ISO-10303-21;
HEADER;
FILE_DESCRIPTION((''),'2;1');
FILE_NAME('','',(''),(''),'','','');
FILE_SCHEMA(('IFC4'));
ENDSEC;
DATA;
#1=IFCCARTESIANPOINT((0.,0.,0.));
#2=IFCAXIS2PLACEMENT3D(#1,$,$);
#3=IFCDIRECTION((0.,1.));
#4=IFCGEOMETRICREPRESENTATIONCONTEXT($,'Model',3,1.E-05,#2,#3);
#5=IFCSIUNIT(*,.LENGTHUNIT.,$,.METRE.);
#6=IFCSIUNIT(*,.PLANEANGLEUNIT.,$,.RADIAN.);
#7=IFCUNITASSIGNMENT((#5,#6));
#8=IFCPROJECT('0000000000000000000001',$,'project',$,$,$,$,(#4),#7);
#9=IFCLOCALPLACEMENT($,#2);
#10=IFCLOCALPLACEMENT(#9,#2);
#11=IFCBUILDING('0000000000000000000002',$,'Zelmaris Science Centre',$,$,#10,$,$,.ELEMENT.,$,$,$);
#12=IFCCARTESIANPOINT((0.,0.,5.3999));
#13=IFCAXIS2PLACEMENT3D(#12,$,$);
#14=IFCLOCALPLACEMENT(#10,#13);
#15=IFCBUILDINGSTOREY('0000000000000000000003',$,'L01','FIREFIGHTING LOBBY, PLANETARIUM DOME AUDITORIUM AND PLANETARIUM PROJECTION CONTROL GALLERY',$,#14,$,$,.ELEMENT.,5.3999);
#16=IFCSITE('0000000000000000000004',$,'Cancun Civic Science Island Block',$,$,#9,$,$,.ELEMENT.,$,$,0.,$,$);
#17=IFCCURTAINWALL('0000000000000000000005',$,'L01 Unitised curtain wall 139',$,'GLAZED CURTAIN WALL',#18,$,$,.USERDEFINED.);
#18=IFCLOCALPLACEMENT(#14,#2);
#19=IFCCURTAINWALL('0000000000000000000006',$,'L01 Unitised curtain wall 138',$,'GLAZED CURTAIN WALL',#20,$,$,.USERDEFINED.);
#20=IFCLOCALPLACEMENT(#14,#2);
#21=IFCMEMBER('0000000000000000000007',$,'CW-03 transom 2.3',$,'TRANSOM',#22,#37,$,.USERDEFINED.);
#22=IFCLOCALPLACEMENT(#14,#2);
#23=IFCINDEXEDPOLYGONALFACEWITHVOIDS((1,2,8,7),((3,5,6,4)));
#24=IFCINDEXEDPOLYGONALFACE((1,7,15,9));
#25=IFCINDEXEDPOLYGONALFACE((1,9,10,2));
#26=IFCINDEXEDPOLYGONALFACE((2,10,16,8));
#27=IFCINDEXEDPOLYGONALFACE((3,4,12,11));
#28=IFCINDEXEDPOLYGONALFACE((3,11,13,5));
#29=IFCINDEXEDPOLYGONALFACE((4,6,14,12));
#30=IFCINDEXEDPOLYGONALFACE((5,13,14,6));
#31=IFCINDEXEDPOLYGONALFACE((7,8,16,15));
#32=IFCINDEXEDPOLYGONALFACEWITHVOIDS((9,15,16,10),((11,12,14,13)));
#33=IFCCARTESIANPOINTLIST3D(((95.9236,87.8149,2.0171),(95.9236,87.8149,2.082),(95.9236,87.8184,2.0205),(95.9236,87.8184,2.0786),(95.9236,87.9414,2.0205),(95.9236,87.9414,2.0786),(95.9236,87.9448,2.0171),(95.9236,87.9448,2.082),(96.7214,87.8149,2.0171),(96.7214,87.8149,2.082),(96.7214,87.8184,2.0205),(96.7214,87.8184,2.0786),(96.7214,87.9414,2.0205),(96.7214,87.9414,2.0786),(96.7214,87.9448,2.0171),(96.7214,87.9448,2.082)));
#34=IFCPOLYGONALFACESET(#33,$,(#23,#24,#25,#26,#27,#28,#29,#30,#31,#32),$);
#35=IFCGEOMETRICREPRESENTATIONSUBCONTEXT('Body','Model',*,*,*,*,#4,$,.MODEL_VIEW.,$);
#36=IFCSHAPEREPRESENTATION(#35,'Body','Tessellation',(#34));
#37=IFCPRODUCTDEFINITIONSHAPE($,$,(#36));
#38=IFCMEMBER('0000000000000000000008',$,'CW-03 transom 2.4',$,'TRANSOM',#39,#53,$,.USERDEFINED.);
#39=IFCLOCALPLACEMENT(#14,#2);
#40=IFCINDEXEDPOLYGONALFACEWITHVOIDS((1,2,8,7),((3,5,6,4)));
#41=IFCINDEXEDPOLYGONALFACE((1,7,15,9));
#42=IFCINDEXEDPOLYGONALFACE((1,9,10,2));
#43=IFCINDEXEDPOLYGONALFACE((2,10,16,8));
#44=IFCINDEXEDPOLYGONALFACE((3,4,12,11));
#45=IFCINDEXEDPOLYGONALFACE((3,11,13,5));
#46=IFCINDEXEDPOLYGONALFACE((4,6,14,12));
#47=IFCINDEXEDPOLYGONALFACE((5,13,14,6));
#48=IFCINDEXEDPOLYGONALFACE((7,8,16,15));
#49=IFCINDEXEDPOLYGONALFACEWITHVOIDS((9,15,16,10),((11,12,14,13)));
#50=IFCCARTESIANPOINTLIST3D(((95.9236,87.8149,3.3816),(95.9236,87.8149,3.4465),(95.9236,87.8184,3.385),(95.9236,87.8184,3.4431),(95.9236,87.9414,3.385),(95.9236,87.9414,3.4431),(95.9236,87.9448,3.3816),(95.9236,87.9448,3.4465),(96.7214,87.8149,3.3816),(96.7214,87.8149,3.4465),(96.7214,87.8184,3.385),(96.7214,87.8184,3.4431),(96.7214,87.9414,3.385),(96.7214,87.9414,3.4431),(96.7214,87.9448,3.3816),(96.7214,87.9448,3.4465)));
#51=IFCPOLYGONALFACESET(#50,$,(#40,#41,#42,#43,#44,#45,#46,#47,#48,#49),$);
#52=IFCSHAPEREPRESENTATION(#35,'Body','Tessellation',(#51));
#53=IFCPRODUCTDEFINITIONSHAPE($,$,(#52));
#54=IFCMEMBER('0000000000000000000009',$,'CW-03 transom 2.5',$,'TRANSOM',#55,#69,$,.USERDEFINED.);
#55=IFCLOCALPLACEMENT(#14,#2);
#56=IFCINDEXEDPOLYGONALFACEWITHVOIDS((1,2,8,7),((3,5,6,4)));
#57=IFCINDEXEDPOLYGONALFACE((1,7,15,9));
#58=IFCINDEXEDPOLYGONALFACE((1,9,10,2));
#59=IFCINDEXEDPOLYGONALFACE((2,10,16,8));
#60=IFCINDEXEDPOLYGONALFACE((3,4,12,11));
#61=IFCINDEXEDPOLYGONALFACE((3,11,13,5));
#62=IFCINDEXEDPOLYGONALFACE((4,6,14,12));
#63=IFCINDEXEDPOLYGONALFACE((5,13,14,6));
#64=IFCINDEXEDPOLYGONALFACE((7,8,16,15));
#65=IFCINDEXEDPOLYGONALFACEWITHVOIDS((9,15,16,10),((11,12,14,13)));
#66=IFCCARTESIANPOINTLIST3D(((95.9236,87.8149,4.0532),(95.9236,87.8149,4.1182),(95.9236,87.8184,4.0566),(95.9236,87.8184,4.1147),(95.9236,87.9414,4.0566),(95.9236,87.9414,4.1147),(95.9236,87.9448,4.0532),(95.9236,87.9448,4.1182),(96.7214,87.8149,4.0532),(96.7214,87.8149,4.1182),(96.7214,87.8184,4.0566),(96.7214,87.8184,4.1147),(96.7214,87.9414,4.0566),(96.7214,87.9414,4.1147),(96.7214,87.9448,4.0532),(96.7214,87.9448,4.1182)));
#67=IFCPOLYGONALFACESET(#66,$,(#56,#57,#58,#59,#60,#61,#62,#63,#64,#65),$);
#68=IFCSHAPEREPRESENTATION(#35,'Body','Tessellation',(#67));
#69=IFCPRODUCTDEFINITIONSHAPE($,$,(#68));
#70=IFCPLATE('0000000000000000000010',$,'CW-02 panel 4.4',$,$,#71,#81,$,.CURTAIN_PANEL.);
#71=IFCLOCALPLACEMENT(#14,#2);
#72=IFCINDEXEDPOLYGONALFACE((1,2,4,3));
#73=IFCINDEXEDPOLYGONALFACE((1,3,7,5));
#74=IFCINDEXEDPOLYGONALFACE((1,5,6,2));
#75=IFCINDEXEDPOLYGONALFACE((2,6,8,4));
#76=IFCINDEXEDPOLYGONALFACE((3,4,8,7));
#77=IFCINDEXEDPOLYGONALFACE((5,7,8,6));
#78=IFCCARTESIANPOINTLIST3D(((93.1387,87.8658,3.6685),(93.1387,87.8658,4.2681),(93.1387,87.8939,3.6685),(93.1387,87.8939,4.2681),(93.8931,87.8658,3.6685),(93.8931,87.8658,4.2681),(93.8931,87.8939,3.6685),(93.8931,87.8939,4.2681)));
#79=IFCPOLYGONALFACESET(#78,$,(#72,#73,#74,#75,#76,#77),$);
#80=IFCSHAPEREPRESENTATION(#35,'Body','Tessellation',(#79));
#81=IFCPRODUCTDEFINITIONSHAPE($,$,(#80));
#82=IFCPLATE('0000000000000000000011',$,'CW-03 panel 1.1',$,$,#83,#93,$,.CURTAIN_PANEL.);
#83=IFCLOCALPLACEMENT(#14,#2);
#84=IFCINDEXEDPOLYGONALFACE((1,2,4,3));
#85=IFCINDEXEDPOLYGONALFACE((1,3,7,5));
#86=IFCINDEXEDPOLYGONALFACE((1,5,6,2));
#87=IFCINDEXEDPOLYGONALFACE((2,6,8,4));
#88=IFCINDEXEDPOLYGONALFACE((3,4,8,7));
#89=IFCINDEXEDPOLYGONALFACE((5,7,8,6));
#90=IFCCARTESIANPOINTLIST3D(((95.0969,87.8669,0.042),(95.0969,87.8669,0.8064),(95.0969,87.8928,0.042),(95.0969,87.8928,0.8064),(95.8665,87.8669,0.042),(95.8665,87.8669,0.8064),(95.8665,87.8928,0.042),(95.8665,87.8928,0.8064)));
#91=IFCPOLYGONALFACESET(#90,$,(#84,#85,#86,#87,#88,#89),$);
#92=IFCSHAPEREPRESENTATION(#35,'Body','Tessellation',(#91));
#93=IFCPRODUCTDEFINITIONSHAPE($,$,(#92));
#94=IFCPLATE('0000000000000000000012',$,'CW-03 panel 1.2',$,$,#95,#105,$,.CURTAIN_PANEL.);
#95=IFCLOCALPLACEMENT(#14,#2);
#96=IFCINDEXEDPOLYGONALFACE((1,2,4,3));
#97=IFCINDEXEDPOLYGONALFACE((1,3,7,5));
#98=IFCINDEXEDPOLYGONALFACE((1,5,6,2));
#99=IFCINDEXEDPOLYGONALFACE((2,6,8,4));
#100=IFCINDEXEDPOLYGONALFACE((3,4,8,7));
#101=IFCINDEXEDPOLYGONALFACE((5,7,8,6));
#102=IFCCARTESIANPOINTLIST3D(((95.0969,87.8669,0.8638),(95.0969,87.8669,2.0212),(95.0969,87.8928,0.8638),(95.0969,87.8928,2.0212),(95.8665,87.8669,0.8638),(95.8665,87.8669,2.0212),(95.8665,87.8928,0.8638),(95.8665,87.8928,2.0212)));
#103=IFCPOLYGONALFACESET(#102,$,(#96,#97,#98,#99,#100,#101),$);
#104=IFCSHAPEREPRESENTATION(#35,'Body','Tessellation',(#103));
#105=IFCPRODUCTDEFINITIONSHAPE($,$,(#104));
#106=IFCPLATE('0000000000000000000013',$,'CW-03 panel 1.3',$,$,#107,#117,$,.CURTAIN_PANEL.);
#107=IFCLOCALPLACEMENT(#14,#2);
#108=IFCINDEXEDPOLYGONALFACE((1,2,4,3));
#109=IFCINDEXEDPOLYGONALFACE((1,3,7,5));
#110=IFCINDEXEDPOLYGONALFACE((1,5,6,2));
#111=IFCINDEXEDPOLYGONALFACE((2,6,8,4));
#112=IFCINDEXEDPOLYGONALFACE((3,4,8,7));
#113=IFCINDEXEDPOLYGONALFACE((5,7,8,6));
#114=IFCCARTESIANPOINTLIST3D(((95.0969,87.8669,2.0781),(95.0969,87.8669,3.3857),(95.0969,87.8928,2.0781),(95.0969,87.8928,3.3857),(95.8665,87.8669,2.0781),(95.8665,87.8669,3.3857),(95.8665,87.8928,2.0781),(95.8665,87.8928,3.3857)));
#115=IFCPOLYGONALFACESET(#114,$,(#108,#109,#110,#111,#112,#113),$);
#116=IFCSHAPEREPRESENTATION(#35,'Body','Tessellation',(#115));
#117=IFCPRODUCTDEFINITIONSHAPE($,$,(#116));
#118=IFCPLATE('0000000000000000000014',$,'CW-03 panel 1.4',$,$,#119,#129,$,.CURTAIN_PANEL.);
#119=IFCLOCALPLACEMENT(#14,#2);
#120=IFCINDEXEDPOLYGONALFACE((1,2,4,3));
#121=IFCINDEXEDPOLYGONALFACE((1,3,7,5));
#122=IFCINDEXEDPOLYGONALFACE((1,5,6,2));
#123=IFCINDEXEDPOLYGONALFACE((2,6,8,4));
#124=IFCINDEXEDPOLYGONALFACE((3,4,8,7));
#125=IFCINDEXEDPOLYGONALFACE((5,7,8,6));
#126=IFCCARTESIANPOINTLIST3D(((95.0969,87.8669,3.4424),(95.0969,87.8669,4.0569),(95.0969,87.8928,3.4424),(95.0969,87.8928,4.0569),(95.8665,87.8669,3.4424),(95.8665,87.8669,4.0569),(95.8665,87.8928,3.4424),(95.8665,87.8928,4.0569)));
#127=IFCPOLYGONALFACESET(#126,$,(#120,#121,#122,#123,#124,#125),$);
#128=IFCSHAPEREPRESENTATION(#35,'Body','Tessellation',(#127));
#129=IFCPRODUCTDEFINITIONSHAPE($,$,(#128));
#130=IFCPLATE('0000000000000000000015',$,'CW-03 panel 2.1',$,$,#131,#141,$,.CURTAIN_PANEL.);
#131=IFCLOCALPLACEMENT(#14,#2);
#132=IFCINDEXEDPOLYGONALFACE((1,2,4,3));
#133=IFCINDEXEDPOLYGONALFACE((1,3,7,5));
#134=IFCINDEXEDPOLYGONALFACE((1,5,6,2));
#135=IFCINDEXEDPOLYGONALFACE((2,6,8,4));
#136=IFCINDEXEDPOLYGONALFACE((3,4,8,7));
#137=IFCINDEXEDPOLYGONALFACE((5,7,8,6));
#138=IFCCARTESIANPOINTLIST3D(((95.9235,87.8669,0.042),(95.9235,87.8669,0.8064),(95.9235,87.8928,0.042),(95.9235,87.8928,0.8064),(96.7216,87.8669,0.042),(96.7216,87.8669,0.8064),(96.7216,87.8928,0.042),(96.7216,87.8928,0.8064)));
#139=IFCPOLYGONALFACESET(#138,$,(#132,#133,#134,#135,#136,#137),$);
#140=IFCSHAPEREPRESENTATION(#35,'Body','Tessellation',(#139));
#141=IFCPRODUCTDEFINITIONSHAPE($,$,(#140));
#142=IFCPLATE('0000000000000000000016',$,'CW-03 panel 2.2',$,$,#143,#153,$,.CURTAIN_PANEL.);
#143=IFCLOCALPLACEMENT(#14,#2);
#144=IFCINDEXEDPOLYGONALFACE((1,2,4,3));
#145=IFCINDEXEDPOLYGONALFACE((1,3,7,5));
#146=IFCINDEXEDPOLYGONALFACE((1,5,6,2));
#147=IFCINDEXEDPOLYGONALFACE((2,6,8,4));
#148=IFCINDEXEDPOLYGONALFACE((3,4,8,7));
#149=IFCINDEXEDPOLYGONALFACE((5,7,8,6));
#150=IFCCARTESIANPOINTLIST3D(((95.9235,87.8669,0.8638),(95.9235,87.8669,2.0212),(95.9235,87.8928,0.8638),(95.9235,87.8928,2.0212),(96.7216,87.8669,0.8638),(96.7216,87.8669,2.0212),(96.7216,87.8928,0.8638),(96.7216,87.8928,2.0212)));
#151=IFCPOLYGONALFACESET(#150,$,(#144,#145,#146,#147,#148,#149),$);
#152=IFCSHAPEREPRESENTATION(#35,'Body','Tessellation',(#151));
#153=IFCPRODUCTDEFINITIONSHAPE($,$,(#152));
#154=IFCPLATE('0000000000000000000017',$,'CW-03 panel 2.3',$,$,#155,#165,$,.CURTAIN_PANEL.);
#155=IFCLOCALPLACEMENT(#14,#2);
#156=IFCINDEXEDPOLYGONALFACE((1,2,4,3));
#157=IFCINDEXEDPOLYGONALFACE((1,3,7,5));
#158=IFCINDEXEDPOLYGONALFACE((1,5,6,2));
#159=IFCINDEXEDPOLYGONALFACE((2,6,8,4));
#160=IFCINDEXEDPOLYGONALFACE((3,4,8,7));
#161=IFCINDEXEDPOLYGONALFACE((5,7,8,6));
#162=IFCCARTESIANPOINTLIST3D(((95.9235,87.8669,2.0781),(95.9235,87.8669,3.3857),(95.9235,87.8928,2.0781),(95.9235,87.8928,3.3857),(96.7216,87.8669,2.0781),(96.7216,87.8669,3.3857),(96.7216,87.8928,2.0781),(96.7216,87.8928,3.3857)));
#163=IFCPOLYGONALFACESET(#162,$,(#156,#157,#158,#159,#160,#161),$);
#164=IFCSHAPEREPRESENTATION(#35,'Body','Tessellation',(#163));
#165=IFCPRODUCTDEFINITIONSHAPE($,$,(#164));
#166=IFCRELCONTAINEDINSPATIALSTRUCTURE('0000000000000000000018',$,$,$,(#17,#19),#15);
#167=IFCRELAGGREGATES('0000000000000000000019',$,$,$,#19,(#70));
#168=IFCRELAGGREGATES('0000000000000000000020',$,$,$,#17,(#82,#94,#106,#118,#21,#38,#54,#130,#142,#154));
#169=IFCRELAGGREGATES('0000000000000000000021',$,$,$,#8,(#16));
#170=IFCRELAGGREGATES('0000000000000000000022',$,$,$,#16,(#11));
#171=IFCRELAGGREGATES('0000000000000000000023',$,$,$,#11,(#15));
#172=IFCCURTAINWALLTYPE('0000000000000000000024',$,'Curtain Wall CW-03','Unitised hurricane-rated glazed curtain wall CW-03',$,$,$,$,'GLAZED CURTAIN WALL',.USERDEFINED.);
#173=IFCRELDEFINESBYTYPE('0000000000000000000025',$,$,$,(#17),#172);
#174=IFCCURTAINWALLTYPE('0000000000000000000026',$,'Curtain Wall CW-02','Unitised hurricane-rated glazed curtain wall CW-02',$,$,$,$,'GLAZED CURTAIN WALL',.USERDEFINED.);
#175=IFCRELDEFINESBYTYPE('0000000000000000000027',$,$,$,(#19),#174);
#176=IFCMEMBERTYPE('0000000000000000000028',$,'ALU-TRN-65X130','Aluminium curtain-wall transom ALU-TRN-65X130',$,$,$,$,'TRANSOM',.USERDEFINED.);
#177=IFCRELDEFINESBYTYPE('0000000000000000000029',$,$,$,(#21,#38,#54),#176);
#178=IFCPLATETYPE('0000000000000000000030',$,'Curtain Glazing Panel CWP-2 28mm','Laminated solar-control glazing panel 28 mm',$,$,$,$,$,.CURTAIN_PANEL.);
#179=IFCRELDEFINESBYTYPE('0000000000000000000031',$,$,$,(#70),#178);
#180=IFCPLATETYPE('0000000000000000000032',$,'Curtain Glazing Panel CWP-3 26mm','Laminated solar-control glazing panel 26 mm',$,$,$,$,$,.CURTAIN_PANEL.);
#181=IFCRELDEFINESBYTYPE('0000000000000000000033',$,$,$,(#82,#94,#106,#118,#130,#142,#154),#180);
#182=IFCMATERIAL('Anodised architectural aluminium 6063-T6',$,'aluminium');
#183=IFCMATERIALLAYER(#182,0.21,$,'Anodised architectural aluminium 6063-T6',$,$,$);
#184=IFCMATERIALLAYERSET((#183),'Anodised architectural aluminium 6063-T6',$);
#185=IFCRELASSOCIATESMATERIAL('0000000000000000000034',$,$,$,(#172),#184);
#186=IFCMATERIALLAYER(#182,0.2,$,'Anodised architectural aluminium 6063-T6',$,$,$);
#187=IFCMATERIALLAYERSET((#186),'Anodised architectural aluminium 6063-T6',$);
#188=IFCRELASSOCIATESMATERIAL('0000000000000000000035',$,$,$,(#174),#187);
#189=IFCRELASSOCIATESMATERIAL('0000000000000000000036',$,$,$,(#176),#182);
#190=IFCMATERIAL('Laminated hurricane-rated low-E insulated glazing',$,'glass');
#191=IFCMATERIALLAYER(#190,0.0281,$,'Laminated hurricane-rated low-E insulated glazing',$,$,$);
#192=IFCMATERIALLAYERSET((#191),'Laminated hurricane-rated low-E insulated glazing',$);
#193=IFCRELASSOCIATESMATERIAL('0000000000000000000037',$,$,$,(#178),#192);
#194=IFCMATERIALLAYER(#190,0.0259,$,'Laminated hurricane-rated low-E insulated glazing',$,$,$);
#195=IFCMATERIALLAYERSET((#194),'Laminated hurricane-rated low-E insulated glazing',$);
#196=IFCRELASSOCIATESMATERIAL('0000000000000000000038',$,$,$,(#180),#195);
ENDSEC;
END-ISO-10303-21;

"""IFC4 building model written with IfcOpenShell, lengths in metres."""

from ifc_helpers import new_model, si_unit, direction, frame, origin, origin_2d, place, context, subcontext, project, spatial, rectangle, hollow_rectangle, extrude, material, layer, layer_set, material_profile, profile_set, type_object, element, aggregate, save


model = new_model("IFC4")

# Units and contexts
model_context = context("Model", 3, precision=1e-05, world=origin(), true_north=direction((0.0, 1.0)))
body_context = subcontext(model_context, "Body", "Model", "MODEL_VIEW")
ifc_project = project(units=[si_unit("LENGTHUNIT", "METRE"), si_unit("PLANEANGLEUNIT", "RADIAN")], contexts=[model_context])

# Site, building, storey
site_placement = place(None, origin())
site = spatial("IfcSite", under=ifc_project, at=site_placement, Name="Cancun Civic Science Island Block", CompositionType="ELEMENT", RefElevation=0.0)
building_placement = place(site_placement, origin())
building = spatial("IfcBuilding", under=site, at=building_placement, Name="Zelmaris Science Centre", CompositionType="ELEMENT")
storey_placement = place(building_placement, frame((0.0, 0.0, 5.3999)))
storey = spatial("IfcBuildingStorey", under=building, at=storey_placement, Name="L01", Description="FIREFIGHTING LOBBY, PLANETARIUM DOME AUDITORIUM AND PLANETARIUM PROJECTION CONTROL GALLERY", CompositionType="ELEMENT", Elevation=5.3999)

# Curtain wall
ifc_material_1 = material(Name="Anodised architectural aluminium 6063-T6", Category="aluminium")
ifc_layer_1 = layer(ifc_material_1, 0.21, Name="Anodised architectural aluminium 6063-T6")
ifc_layer_set_1 = layer_set([ifc_layer_1], Name="Anodised architectural aluminium 6063-T6")
curtain_wall_type_1 = type_object("IfcCurtainWallType", Name="Curtain Wall CW-03", Description="Unitised hurricane-rated glazed curtain wall CW-03", ElementType="GLAZED CURTAIN WALL", PredefinedType="USERDEFINED", material=ifc_layer_set_1)
curtain_wall_1_placement = place(storey_placement, origin())
curtain_wall_1 = element("IfcCurtainWall", 1, at=curtain_wall_1_placement, inside=storey, type_object=curtain_wall_type_1, Name="L01 Unitised curtain wall 139", ObjectType="GLAZED CURTAIN WALL", PredefinedType="USERDEFINED")

# Curtain wall
ifc_layer_2 = layer(ifc_material_1, 0.2, Name="Anodised architectural aluminium 6063-T6")
ifc_layer_set_2 = layer_set([ifc_layer_2], Name="Anodised architectural aluminium 6063-T6")
curtain_wall_type_2 = type_object("IfcCurtainWallType", Name="Curtain Wall CW-02", Description="Unitised hurricane-rated glazed curtain wall CW-02", ElementType="GLAZED CURTAIN WALL", PredefinedType="USERDEFINED", material=ifc_layer_set_2)
curtain_wall_2_placement = place(storey_placement, origin())
curtain_wall_2 = element("IfcCurtainWall", 2, at=curtain_wall_2_placement, inside=storey, type_object=curtain_wall_type_2, Name="L01 Unitised curtain wall 138", ObjectType="GLAZED CURTAIN WALL", PredefinedType="USERDEFINED")

# Members
ifc_material_profile_1 = material_profile(ifc_material_1, hollow_rectangle(XDim=0.0649, YDim=0.1299, WallThickness=0.0034, at=origin_2d()), Name="ALU-TRN-65X130")
ifc_profile_set_1 = profile_set([ifc_material_profile_1], Name="Anodised architectural aluminium 6063-T6")
member_type_1 = type_object("IfcMemberType", Name="ALU-TRN-65X130", Description="Aluminium curtain-wall transom ALU-TRN-65X130", ElementType="TRANSOM", PredefinedType="USERDEFINED", material=ifc_profile_set_1)
member_1_placement = place(storey_placement, frame((95.9236, 87.8799, 2.0496), z_axis=(1.0, 0.0, 0.0), x_axis=(0.0, 0.0, 1.0)))
member_1 = element("IfcMember", 3, at=member_1_placement, type_object=member_type_1, Name="CW-03 transom 2.3", ObjectType="TRANSOM", PredefinedType="USERDEFINED", context=body_context, shape_type="SweptSolid", body=[
    extrude(hollow_rectangle(XDim=0.0649, YDim=0.1299, WallThickness=0.0034, at=origin_2d()), origin(), (0.0, 0.0, 1.0), 0.7979),
])
member_2_placement = place(storey_placement, frame((95.9236, 87.8799, 3.4141), z_axis=(1.0, 0.0, 0.0), x_axis=(0.0, 0.0, 1.0)))
member_2 = element("IfcMember", 4, at=member_2_placement, type_object=member_type_1, Name="CW-03 transom 2.4", ObjectType="TRANSOM", PredefinedType="USERDEFINED", context=body_context, shape_type="SweptSolid", body=[
    extrude(hollow_rectangle(XDim=0.0649, YDim=0.1299, WallThickness=0.0034, at=origin_2d()), origin(), (0.0, 0.0, 1.0), 0.7979),
])
member_3_placement = place(storey_placement, frame((95.9236, 87.8799, 4.0857), z_axis=(1.0, 0.0, 0.0), x_axis=(0.0, 0.0, 1.0)))
member_3 = element("IfcMember", 5, at=member_3_placement, type_object=member_type_1, Name="CW-03 transom 2.5", ObjectType="TRANSOM", PredefinedType="USERDEFINED", context=body_context, shape_type="SweptSolid", body=[
    extrude(hollow_rectangle(XDim=0.0649, YDim=0.1299, WallThickness=0.0034, at=origin_2d()), origin(), (0.0, 0.0, 1.0), 0.7979),
])

# Plates
ifc_material_2 = material(Name="Laminated hurricane-rated low-E insulated glazing", Category="glass")
ifc_layer_3 = layer(ifc_material_2, 0.0281, Name="Laminated hurricane-rated low-E insulated glazing")
ifc_layer_set_3 = layer_set([ifc_layer_3], Name="Laminated hurricane-rated low-E insulated glazing")
plate_type_1 = type_object("IfcPlateType", Name="Curtain Glazing Panel CWP-2 28mm", Description="Laminated solar-control glazing panel 28 mm", PredefinedType="CURTAIN_PANEL", material=ifc_layer_set_3)
plate_1_placement = place(storey_placement, frame((93.5159, 87.8799, 3.6685), z_axis=(0.0, 0.0, 1.0), x_axis=(1.0, 0.0, 0.0)))
plate_1 = element("IfcPlate", 6, at=plate_1_placement, type_object=plate_type_1, Name="CW-02 panel 4.4", PredefinedType="CURTAIN_PANEL", context=body_context, shape_type="SweptSolid", body=[
    extrude(rectangle(XDim=0.7544, YDim=0.0281, at=origin_2d()), origin(), (0.0, 0.0, 1.0), 0.5996),
])
aggregate(curtain_wall_2, [plate_1])
ifc_layer_4 = layer(ifc_material_2, 0.0259, Name="Laminated hurricane-rated low-E insulated glazing")
ifc_layer_set_4 = layer_set([ifc_layer_4], Name="Laminated hurricane-rated low-E insulated glazing")
plate_type_2 = type_object("IfcPlateType", Name="Curtain Glazing Panel CWP-3 26mm", Description="Laminated solar-control glazing panel 26 mm", PredefinedType="CURTAIN_PANEL", material=ifc_layer_set_4)
plate_2_placement = place(storey_placement, frame((95.4817, 87.8799, 0.042), z_axis=(0.0, 0.0, 1.0), x_axis=(1.0, 0.0, 0.0)))
plate_2 = element("IfcPlate", 7, at=plate_2_placement, type_object=plate_type_2, Name="CW-03 panel 1.1", PredefinedType="CURTAIN_PANEL", context=body_context, shape_type="SweptSolid", body=[
    extrude(rectangle(XDim=0.7695, YDim=0.0259, at=origin_2d()), origin(), (0.0, 0.0, 1.0), 0.7644),
])
plate_3_placement = place(storey_placement, frame((95.4817, 87.8799, 0.8638), z_axis=(0.0, 0.0, 1.0), x_axis=(1.0, 0.0, 0.0)))
plate_3 = element("IfcPlate", 8, at=plate_3_placement, type_object=plate_type_2, Name="CW-03 panel 1.2", PredefinedType="CURTAIN_PANEL", context=body_context, shape_type="SweptSolid", body=[
    extrude(rectangle(XDim=0.7695, YDim=0.0259, at=origin_2d()), origin(), (0.0, 0.0, 1.0), 1.1575),
])
plate_4_placement = place(storey_placement, frame((95.4817, 87.8799, 2.0781), z_axis=(0.0, 0.0, 1.0), x_axis=(1.0, 0.0, 0.0)))
plate_4 = element("IfcPlate", 9, at=plate_4_placement, type_object=plate_type_2, Name="CW-03 panel 1.3", PredefinedType="CURTAIN_PANEL", context=body_context, shape_type="SweptSolid", body=[
    extrude(rectangle(XDim=0.7695, YDim=0.0259, at=origin_2d()), origin(), (0.0, 0.0, 1.0), 1.3076),
])
plate_5_placement = place(storey_placement, frame((95.4817, 87.8799, 3.4424), z_axis=(0.0, 0.0, 1.0), x_axis=(1.0, 0.0, 0.0)))
plate_5 = element("IfcPlate", 10, at=plate_5_placement, type_object=plate_type_2, Name="CW-03 panel 1.4", PredefinedType="CURTAIN_PANEL", context=body_context, shape_type="SweptSolid", body=[
    extrude(rectangle(XDim=0.7695, YDim=0.0259, at=origin_2d()), origin(), (0.0, 0.0, 1.0), 0.6145),
])
plate_6_placement = place(storey_placement, frame((96.3225, 87.8799, 0.042), z_axis=(0.0, 0.0, 1.0), x_axis=(1.0, 0.0, 0.0)))
plate_6 = element("IfcPlate", 11, at=plate_6_placement, type_object=plate_type_2, Name="CW-03 panel 2.1", PredefinedType="CURTAIN_PANEL", context=body_context, shape_type="SweptSolid", body=[
    extrude(rectangle(XDim=0.7981, YDim=0.0259, at=origin_2d()), origin(), (0.0, 0.0, 1.0), 0.7644),
])
plate_7_placement = place(storey_placement, frame((96.3225, 87.8799, 0.8638), z_axis=(0.0, 0.0, 1.0), x_axis=(1.0, 0.0, 0.0)))
plate_7 = element("IfcPlate", 12, at=plate_7_placement, type_object=plate_type_2, Name="CW-03 panel 2.2", PredefinedType="CURTAIN_PANEL", context=body_context, shape_type="SweptSolid", body=[
    extrude(rectangle(XDim=0.7981, YDim=0.0259, at=origin_2d()), origin(), (0.0, 0.0, 1.0), 1.1575),
])
plate_8_placement = place(storey_placement, frame((96.3225, 87.8799, 2.0781), z_axis=(0.0, 0.0, 1.0), x_axis=(1.0, 0.0, 0.0)))
plate_8 = element("IfcPlate", 13, at=plate_8_placement, type_object=plate_type_2, Name="CW-03 panel 2.3", PredefinedType="CURTAIN_PANEL", context=body_context, shape_type="SweptSolid", body=[
    extrude(rectangle(XDim=0.7981, YDim=0.0259, at=origin_2d()), origin(), (0.0, 0.0, 1.0), 1.3076),
])
aggregate(curtain_wall_1, [plate_2, plate_3, plate_4, plate_5, member_1, member_2, member_3, plate_6, plate_7, plate_8])

save(model, "model.ifc")
